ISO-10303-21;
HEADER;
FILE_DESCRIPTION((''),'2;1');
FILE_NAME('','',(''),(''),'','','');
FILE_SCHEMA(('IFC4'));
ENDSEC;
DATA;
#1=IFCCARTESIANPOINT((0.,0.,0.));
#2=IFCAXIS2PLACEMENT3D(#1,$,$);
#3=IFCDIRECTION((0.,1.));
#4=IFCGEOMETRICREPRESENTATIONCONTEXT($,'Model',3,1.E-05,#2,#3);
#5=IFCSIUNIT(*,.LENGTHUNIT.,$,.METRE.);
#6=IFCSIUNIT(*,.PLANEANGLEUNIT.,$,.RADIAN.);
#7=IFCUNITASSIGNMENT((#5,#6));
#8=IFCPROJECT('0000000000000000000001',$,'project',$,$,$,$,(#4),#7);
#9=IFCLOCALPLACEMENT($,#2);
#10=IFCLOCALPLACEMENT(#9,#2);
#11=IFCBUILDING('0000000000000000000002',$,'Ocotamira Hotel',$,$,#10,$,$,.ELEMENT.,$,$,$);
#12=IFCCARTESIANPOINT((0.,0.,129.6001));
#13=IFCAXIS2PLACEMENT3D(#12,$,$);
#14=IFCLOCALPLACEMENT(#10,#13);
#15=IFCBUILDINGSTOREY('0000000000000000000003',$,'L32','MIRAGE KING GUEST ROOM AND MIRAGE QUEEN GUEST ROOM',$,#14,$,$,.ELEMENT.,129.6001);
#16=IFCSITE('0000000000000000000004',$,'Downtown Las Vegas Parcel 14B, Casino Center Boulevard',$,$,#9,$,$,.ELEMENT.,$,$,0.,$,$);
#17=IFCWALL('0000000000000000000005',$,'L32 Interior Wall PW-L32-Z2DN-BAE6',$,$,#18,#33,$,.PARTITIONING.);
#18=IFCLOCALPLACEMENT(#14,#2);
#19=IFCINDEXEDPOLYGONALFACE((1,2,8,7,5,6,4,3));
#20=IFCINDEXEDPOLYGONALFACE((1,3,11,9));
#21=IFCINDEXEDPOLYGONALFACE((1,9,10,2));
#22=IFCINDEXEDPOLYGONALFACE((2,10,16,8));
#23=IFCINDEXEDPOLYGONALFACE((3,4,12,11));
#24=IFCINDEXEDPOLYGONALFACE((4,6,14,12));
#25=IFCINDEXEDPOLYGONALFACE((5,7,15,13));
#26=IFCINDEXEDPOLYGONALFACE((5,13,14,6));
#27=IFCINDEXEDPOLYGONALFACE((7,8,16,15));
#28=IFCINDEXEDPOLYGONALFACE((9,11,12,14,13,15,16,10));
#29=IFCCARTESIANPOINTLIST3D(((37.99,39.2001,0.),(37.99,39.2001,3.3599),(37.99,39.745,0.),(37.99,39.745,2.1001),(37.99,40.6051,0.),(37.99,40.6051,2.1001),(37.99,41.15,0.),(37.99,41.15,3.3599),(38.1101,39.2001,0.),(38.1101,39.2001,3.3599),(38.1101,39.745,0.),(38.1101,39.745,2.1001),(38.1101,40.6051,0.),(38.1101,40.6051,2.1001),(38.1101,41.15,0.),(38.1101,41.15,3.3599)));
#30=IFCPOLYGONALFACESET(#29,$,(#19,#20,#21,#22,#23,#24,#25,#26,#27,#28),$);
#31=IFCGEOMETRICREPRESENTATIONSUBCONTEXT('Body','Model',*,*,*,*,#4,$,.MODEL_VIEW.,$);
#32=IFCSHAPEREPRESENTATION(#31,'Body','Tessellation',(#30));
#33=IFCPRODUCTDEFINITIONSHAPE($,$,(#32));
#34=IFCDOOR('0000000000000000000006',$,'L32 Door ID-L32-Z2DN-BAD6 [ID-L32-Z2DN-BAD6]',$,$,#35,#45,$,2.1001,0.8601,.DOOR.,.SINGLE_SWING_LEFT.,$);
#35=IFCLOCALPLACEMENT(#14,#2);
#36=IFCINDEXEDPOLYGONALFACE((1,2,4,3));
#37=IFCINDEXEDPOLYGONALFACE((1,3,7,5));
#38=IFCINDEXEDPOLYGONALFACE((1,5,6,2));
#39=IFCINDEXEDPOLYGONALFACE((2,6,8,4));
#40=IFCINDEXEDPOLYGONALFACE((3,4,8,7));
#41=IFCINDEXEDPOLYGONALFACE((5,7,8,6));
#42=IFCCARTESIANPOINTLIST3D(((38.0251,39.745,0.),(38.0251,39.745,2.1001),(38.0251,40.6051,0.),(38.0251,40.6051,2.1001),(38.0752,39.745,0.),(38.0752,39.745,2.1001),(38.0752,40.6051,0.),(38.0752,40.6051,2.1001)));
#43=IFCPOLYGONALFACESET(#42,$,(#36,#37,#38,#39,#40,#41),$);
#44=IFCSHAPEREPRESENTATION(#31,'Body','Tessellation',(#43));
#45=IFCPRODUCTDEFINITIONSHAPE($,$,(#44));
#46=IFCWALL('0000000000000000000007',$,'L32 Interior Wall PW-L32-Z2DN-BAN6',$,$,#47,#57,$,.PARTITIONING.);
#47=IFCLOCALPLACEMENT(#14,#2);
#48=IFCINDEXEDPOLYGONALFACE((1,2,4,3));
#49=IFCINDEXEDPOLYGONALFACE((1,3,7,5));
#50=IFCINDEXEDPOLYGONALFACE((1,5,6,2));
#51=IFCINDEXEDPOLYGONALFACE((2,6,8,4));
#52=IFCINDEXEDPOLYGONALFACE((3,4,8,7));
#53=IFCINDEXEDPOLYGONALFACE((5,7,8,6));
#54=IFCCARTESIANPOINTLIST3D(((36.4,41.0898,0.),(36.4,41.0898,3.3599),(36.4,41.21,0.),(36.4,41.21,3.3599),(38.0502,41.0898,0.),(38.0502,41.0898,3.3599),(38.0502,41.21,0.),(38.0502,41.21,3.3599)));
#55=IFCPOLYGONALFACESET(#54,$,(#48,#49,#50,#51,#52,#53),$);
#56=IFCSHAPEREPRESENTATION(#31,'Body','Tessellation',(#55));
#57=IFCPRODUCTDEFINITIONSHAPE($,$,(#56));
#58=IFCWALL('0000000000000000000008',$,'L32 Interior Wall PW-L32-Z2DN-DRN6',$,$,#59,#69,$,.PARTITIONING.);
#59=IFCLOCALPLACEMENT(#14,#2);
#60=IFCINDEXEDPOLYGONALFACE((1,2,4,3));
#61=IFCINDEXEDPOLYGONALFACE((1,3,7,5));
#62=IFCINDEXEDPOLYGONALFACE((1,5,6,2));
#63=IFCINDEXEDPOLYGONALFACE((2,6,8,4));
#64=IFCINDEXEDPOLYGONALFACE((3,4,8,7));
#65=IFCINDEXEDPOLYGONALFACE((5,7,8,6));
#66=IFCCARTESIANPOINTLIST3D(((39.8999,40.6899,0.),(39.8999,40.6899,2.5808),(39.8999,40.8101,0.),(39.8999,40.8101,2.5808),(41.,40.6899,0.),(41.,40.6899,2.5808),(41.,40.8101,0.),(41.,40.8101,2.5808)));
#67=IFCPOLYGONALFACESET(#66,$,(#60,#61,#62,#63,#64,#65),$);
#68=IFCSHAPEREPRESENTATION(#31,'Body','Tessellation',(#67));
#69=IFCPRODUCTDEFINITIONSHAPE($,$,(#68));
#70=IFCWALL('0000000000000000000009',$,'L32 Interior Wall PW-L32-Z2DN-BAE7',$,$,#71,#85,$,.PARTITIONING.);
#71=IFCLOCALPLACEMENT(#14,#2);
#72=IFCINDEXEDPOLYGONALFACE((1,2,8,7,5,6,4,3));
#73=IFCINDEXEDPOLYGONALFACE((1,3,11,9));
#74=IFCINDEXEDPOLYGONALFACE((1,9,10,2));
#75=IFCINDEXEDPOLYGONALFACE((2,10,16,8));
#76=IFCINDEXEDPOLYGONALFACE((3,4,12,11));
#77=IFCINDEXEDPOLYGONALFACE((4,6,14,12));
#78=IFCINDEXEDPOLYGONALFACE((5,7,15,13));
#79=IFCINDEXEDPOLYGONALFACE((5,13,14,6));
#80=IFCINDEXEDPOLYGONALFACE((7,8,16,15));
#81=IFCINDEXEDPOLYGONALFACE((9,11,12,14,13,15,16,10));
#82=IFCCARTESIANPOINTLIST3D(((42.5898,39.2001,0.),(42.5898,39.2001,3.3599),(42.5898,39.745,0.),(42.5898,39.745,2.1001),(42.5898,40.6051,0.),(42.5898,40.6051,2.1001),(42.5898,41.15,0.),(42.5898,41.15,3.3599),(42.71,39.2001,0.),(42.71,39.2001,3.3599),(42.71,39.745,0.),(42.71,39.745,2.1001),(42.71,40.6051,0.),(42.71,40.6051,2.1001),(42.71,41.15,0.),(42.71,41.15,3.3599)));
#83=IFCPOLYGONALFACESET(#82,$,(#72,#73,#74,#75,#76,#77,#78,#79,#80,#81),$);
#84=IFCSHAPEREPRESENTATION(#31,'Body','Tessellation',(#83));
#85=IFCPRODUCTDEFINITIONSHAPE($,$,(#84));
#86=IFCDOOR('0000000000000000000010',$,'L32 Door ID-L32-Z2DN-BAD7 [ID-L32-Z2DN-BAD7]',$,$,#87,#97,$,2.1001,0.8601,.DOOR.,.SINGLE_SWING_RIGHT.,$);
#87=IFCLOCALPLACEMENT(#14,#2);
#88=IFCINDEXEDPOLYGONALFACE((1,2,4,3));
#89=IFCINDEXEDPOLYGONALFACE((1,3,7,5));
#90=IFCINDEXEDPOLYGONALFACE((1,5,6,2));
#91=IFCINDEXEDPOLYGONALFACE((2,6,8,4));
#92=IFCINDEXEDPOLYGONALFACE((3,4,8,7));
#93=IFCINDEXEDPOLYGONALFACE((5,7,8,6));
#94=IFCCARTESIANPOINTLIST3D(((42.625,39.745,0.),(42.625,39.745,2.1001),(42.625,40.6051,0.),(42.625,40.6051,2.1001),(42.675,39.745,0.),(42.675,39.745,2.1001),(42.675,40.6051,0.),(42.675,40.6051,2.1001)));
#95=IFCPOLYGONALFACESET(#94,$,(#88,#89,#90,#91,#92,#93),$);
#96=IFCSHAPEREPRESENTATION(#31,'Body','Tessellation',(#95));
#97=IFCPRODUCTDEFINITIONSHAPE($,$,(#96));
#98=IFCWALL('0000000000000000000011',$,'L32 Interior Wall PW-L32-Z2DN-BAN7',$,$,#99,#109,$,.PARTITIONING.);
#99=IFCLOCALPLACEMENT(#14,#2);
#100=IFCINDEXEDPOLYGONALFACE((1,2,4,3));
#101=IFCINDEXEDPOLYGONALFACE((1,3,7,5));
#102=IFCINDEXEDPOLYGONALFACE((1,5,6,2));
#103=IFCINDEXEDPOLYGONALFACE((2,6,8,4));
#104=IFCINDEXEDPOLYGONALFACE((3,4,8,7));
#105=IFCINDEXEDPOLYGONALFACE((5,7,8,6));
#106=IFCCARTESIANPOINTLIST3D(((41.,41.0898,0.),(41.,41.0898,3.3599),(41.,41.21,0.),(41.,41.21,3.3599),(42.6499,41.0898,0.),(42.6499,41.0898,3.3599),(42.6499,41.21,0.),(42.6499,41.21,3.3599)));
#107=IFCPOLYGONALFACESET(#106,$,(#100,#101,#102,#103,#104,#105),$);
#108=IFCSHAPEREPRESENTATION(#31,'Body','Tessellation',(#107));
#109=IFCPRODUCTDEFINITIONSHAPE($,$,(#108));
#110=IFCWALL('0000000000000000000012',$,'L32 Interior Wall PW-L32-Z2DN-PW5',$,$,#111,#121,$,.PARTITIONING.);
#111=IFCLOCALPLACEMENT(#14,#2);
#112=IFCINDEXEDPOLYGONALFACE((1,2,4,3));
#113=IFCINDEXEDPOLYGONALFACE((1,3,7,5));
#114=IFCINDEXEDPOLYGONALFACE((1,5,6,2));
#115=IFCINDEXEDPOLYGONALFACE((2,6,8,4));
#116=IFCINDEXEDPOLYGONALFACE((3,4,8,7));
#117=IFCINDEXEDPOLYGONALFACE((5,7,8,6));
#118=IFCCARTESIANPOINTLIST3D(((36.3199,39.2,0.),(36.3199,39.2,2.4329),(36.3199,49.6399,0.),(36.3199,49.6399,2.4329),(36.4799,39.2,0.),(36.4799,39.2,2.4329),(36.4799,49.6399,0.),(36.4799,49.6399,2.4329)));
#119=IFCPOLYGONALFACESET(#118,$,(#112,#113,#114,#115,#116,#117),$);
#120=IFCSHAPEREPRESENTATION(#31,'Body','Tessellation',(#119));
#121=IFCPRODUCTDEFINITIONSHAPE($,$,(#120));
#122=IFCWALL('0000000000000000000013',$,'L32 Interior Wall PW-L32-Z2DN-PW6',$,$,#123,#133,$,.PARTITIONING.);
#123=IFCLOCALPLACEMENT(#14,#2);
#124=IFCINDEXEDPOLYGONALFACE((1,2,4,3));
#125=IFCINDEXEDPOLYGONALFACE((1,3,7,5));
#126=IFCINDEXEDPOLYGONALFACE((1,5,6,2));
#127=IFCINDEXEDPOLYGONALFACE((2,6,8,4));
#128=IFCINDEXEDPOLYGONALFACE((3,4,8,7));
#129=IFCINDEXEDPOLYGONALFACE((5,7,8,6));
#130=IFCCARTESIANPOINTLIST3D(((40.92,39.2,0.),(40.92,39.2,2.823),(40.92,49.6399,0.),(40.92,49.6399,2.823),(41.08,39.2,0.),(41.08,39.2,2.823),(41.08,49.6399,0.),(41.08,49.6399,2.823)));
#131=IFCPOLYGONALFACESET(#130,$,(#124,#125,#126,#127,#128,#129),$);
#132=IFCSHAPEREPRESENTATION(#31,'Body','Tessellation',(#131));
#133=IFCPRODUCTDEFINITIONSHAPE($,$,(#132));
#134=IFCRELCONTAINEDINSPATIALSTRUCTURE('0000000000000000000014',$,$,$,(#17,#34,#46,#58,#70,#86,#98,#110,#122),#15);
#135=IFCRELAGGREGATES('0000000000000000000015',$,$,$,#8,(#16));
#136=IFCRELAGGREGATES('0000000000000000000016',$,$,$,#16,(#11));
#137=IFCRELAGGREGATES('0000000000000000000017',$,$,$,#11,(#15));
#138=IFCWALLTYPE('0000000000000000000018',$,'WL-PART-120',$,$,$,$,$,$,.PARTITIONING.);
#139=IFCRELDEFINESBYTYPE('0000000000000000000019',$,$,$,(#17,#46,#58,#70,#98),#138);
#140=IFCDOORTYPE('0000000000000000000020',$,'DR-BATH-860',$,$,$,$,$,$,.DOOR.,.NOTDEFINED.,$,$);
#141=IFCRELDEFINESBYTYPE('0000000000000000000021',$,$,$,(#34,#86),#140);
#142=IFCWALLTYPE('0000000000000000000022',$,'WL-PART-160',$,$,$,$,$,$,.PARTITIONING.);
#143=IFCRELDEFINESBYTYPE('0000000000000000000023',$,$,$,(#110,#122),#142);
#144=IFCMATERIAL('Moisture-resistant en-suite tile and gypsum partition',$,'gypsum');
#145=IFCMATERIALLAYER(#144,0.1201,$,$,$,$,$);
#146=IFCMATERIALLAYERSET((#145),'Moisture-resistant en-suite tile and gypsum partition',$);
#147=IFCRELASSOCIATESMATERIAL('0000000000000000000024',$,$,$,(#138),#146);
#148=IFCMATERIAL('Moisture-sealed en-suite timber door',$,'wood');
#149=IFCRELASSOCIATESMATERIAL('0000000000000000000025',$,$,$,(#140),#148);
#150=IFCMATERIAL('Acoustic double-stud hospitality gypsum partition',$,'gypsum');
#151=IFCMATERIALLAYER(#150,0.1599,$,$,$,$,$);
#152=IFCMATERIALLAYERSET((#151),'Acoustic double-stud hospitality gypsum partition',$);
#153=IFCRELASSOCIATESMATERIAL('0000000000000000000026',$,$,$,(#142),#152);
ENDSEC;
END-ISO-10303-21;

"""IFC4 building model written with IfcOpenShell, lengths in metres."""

from ifc_helpers import new_model, si_unit, direction, frame, frame_2d, origin, place, context, subcontext, project, spatial, rectangle, extrude, source, transform, mapped, material, layer, layer_set, type_object, element, fill, save


model = new_model("IFC4")

# Units and contexts
model_context = context("Model", 3, precision=1e-05, world=origin(), true_north=direction((0.0, 1.0)))
body_context = subcontext(model_context, "Body", "Model", "MODEL_VIEW")
ifc_project = project(units=[si_unit("LENGTHUNIT", "METRE"), si_unit("PLANEANGLEUNIT", "RADIAN")], contexts=[model_context])

# Site, building, storey
site_placement = place(None, origin())
site = spatial("IfcSite", under=ifc_project, at=site_placement, Name="Downtown Las Vegas Parcel 14B, Casino Center Boulevard", CompositionType="ELEMENT", RefElevation=0.0)
building_placement = place(site_placement, origin())
building = spatial("IfcBuilding", under=site, at=building_placement, Name="Ocotamira Hotel", CompositionType="ELEMENT")
storey_placement = place(building_placement, frame((0.0, 0.0, 129.6001)))
storey = spatial("IfcBuildingStorey", under=building, at=storey_placement, Name="L32", Description="MIRAGE KING GUEST ROOM AND MIRAGE QUEEN GUEST ROOM", CompositionType="ELEMENT", Elevation=129.6001)

# Shared definitions
ifc_material_1 = material(Name="Moisture-resistant en-suite tile and gypsum partition", Category="gypsum")
ifc_layer_1 = layer(ifc_material_1, 0.1201)
ifc_layer_set_1 = layer_set([ifc_layer_1], Name="Moisture-resistant en-suite tile and gypsum partition")
wall_type_1 = type_object("IfcWallType", Name="WL-PART-120", PredefinedType="PARTITIONING", material=ifc_layer_set_1)

# Wall, opening, door
wall_1_placement = place(storey_placement, frame((38.05, 39.2, 0.0), z_axis=(0.0, 0.0, 1.0), x_axis=(0.0, 1.0, 0.0)))
wall_1 = element("IfcWall", 1, at=wall_1_placement, inside=storey, type_object=wall_type_1, Name="L32 Interior Wall PW-L32-Z2DN-BAE6", PredefinedType="PARTITIONING", context=body_context, shape_type="SweptSolid", body=[
    extrude(rectangle(XDim=1.95, YDim=0.1201, at=frame_2d((0.9751, 0.0))), origin(), (0.0, 0.0, 1.0), 3.3599),
])
opening_1_placement = place(wall_1_placement, frame((0.5449, 0.0, 0.0)))
opening_1 = element("IfcOpeningElement", 2, at=opening_1_placement, cuts=wall_1, PredefinedType="OPENING", context=body_context, shape_type="SweptSolid", body=[
    extrude(rectangle(XDim=0.8601, YDim=2.1001, at=frame_2d((0.4302, 1.05))), frame((0.0, 0.0701, 0.0), z_axis=(0.0, -1.0, 0.0), x_axis=(1.0, 0.0, 0.0)), (0.0, 0.0, 1.0), 0.1401),
])
ifc_material_2 = material(Name="Moisture-sealed en-suite timber door", Category="wood")
door_type = type_object("IfcDoorType", Name="DR-BATH-860", OperationType="NOTDEFINED", PredefinedType="DOOR", material=ifc_material_2)
shared_shape_1 = source(origin(), body_context, "Body", "SweptSolid", [
    extrude(rectangle(XDim=0.8601, YDim=2.1001, at=frame_2d((0.4302, 1.05))), frame((0.0, 0.0249, 0.0), z_axis=(0.0, -1.0, 0.0), x_axis=(1.0, 0.0, 0.0)), (0.0, 0.0, 1.0), 0.05),
])
door_1_placement = place(opening_1_placement, origin())
door_1 = element("IfcDoor", 3, at=door_1_placement, inside=storey, type_object=door_type, Name="L32 Door ID-L32-Z2DN-BAD6 [ID-L32-Z2DN-BAD6]", OperationType="SINGLE_SWING_LEFT", OverallHeight=2.1001, OverallWidth=0.8601, PredefinedType="DOOR", context=body_context, shape_type="MappedRepresentation", body=[
    mapped(shared_shape_1, transform((0.0, 0.0, 0.0), scale=1.0)),
])
fill(opening_1, door_1)

# Walls
wall_2_placement = place(storey_placement, frame((36.3999, 41.1499, 0.0), z_axis=(0.0, 0.0, 1.0), x_axis=(1.0, 0.0, 0.0)))
element("IfcWall", 4, at=wall_2_placement, inside=storey, type_object=wall_type_1, Name="L32 Interior Wall PW-L32-Z2DN-BAN6", PredefinedType="PARTITIONING", context=body_context, shape_type="SweptSolid", body=[
    extrude(rectangle(XDim=1.6501, YDim=0.1201, at=frame_2d((0.8252, 0.0))), origin(), (0.0, 0.0, 1.0), 3.3599),
])
wall_3_placement = place(storey_placement, frame((39.8999, 40.75, 0.0), z_axis=(0.0, 0.0, 1.0), x_axis=(1.0, 0.0, 0.0)))
element("IfcWall", 5, at=wall_3_placement, inside=storey, type_object=wall_type_1, Name="L32 Interior Wall PW-L32-Z2DN-DRN6", PredefinedType="PARTITIONING", context=body_context, shape_type="SweptSolid", body=[
    extrude(rectangle(XDim=1.1001, YDim=0.1201, at=frame_2d((0.55, 0.0))), origin(), (0.0, 0.0, 1.0), 2.5808),
])

# Wall, opening, door
wall_4_placement = place(storey_placement, frame((42.6499, 39.2, 0.0), z_axis=(0.0, 0.0, 1.0), x_axis=(0.0, 1.0, 0.0)))
wall_4 = element("IfcWall", 6, at=wall_4_placement, inside=storey, type_object=wall_type_1, Name="L32 Interior Wall PW-L32-Z2DN-BAE7", PredefinedType="PARTITIONING", context=body_context, shape_type="SweptSolid", body=[
    extrude(rectangle(XDim=1.95, YDim=0.1201, at=frame_2d((0.9751, 0.0))), origin(), (0.0, 0.0, 1.0), 3.3599),
])
opening_2_placement = place(wall_4_placement, frame((0.5449, 0.0, 0.0)))
opening_2 = element("IfcOpeningElement", 7, at=opening_2_placement, cuts=wall_4, PredefinedType="OPENING", context=body_context, shape_type="SweptSolid", body=[
    extrude(rectangle(XDim=0.8601, YDim=2.1001, at=frame_2d((0.4302, 1.05))), frame((0.0, 0.0701, 0.0), z_axis=(0.0, -1.0, 0.0), x_axis=(1.0, 0.0, 0.0)), (0.0, 0.0, 1.0), 0.1401),
])
door_2_placement = place(opening_2_placement, origin())
door_2 = element("IfcDoor", 8, at=door_2_placement, inside=storey, type_object=door_type, Name="L32 Door ID-L32-Z2DN-BAD7 [ID-L32-Z2DN-BAD7]", OperationType="SINGLE_SWING_RIGHT", OverallHeight=2.1001, OverallWidth=0.8601, PredefinedType="DOOR", context=body_context, shape_type="MappedRepresentation", body=[
    mapped(shared_shape_1, transform((0.0, 0.0, 0.0), scale=1.0)),
])
fill(opening_2, door_2)

# Walls
wall_5_placement = place(storey_placement, frame((41.0, 41.1499, 0.0), z_axis=(0.0, 0.0, 1.0), x_axis=(1.0, 0.0, 0.0)))
element("IfcWall", 9, at=wall_5_placement, inside=storey, type_object=wall_type_1, Name="L32 Interior Wall PW-L32-Z2DN-BAN7", PredefinedType="PARTITIONING", context=body_context, shape_type="SweptSolid", body=[
    extrude(rectangle(XDim=1.6499, YDim=0.1201, at=frame_2d((0.825, 0.0))), origin(), (0.0, 0.0, 1.0), 3.3599),
])
ifc_material_3 = material(Name="Acoustic double-stud hospitality gypsum partition", Category="gypsum")
ifc_layer_2 = layer(ifc_material_3, 0.1599)
ifc_layer_set_2 = layer_set([ifc_layer_2], Name="Acoustic double-stud hospitality gypsum partition")
wall_type_2 = type_object("IfcWallType", Name="WL-PART-160", PredefinedType="PARTITIONING", material=ifc_layer_set_2)
wall_6_placement = place(storey_placement, frame((36.3999, 39.2, 0.0), z_axis=(0.0, 0.0, 1.0), x_axis=(0.0, 1.0, 0.0)))
element("IfcWall", 10, at=wall_6_placement, inside=storey, type_object=wall_type_2, Name="L32 Interior Wall PW-L32-Z2DN-PW5", PredefinedType="PARTITIONING", context=body_context, shape_type="SweptSolid", body=[
    extrude(rectangle(XDim=10.4399, YDim=0.1599, at=frame_2d((5.22, 0.0))), origin(), (0.0, 0.0, 1.0), 2.4329),
])
wall_7_placement = place(storey_placement, frame((41.0, 39.2, 0.0), z_axis=(0.0, 0.0, 1.0), x_axis=(0.0, 1.0, 0.0)))
element("IfcWall", 11, at=wall_7_placement, inside=storey, type_object=wall_type_2, Name="L32 Interior Wall PW-L32-Z2DN-PW6", PredefinedType="PARTITIONING", context=body_context, shape_type="SweptSolid", body=[
    extrude(rectangle(XDim=10.4399, YDim=0.1599, at=frame_2d((5.22, 0.0))), origin(), (0.0, 0.0, 1.0), 2.823),
])

save(model, "model.ifc")
